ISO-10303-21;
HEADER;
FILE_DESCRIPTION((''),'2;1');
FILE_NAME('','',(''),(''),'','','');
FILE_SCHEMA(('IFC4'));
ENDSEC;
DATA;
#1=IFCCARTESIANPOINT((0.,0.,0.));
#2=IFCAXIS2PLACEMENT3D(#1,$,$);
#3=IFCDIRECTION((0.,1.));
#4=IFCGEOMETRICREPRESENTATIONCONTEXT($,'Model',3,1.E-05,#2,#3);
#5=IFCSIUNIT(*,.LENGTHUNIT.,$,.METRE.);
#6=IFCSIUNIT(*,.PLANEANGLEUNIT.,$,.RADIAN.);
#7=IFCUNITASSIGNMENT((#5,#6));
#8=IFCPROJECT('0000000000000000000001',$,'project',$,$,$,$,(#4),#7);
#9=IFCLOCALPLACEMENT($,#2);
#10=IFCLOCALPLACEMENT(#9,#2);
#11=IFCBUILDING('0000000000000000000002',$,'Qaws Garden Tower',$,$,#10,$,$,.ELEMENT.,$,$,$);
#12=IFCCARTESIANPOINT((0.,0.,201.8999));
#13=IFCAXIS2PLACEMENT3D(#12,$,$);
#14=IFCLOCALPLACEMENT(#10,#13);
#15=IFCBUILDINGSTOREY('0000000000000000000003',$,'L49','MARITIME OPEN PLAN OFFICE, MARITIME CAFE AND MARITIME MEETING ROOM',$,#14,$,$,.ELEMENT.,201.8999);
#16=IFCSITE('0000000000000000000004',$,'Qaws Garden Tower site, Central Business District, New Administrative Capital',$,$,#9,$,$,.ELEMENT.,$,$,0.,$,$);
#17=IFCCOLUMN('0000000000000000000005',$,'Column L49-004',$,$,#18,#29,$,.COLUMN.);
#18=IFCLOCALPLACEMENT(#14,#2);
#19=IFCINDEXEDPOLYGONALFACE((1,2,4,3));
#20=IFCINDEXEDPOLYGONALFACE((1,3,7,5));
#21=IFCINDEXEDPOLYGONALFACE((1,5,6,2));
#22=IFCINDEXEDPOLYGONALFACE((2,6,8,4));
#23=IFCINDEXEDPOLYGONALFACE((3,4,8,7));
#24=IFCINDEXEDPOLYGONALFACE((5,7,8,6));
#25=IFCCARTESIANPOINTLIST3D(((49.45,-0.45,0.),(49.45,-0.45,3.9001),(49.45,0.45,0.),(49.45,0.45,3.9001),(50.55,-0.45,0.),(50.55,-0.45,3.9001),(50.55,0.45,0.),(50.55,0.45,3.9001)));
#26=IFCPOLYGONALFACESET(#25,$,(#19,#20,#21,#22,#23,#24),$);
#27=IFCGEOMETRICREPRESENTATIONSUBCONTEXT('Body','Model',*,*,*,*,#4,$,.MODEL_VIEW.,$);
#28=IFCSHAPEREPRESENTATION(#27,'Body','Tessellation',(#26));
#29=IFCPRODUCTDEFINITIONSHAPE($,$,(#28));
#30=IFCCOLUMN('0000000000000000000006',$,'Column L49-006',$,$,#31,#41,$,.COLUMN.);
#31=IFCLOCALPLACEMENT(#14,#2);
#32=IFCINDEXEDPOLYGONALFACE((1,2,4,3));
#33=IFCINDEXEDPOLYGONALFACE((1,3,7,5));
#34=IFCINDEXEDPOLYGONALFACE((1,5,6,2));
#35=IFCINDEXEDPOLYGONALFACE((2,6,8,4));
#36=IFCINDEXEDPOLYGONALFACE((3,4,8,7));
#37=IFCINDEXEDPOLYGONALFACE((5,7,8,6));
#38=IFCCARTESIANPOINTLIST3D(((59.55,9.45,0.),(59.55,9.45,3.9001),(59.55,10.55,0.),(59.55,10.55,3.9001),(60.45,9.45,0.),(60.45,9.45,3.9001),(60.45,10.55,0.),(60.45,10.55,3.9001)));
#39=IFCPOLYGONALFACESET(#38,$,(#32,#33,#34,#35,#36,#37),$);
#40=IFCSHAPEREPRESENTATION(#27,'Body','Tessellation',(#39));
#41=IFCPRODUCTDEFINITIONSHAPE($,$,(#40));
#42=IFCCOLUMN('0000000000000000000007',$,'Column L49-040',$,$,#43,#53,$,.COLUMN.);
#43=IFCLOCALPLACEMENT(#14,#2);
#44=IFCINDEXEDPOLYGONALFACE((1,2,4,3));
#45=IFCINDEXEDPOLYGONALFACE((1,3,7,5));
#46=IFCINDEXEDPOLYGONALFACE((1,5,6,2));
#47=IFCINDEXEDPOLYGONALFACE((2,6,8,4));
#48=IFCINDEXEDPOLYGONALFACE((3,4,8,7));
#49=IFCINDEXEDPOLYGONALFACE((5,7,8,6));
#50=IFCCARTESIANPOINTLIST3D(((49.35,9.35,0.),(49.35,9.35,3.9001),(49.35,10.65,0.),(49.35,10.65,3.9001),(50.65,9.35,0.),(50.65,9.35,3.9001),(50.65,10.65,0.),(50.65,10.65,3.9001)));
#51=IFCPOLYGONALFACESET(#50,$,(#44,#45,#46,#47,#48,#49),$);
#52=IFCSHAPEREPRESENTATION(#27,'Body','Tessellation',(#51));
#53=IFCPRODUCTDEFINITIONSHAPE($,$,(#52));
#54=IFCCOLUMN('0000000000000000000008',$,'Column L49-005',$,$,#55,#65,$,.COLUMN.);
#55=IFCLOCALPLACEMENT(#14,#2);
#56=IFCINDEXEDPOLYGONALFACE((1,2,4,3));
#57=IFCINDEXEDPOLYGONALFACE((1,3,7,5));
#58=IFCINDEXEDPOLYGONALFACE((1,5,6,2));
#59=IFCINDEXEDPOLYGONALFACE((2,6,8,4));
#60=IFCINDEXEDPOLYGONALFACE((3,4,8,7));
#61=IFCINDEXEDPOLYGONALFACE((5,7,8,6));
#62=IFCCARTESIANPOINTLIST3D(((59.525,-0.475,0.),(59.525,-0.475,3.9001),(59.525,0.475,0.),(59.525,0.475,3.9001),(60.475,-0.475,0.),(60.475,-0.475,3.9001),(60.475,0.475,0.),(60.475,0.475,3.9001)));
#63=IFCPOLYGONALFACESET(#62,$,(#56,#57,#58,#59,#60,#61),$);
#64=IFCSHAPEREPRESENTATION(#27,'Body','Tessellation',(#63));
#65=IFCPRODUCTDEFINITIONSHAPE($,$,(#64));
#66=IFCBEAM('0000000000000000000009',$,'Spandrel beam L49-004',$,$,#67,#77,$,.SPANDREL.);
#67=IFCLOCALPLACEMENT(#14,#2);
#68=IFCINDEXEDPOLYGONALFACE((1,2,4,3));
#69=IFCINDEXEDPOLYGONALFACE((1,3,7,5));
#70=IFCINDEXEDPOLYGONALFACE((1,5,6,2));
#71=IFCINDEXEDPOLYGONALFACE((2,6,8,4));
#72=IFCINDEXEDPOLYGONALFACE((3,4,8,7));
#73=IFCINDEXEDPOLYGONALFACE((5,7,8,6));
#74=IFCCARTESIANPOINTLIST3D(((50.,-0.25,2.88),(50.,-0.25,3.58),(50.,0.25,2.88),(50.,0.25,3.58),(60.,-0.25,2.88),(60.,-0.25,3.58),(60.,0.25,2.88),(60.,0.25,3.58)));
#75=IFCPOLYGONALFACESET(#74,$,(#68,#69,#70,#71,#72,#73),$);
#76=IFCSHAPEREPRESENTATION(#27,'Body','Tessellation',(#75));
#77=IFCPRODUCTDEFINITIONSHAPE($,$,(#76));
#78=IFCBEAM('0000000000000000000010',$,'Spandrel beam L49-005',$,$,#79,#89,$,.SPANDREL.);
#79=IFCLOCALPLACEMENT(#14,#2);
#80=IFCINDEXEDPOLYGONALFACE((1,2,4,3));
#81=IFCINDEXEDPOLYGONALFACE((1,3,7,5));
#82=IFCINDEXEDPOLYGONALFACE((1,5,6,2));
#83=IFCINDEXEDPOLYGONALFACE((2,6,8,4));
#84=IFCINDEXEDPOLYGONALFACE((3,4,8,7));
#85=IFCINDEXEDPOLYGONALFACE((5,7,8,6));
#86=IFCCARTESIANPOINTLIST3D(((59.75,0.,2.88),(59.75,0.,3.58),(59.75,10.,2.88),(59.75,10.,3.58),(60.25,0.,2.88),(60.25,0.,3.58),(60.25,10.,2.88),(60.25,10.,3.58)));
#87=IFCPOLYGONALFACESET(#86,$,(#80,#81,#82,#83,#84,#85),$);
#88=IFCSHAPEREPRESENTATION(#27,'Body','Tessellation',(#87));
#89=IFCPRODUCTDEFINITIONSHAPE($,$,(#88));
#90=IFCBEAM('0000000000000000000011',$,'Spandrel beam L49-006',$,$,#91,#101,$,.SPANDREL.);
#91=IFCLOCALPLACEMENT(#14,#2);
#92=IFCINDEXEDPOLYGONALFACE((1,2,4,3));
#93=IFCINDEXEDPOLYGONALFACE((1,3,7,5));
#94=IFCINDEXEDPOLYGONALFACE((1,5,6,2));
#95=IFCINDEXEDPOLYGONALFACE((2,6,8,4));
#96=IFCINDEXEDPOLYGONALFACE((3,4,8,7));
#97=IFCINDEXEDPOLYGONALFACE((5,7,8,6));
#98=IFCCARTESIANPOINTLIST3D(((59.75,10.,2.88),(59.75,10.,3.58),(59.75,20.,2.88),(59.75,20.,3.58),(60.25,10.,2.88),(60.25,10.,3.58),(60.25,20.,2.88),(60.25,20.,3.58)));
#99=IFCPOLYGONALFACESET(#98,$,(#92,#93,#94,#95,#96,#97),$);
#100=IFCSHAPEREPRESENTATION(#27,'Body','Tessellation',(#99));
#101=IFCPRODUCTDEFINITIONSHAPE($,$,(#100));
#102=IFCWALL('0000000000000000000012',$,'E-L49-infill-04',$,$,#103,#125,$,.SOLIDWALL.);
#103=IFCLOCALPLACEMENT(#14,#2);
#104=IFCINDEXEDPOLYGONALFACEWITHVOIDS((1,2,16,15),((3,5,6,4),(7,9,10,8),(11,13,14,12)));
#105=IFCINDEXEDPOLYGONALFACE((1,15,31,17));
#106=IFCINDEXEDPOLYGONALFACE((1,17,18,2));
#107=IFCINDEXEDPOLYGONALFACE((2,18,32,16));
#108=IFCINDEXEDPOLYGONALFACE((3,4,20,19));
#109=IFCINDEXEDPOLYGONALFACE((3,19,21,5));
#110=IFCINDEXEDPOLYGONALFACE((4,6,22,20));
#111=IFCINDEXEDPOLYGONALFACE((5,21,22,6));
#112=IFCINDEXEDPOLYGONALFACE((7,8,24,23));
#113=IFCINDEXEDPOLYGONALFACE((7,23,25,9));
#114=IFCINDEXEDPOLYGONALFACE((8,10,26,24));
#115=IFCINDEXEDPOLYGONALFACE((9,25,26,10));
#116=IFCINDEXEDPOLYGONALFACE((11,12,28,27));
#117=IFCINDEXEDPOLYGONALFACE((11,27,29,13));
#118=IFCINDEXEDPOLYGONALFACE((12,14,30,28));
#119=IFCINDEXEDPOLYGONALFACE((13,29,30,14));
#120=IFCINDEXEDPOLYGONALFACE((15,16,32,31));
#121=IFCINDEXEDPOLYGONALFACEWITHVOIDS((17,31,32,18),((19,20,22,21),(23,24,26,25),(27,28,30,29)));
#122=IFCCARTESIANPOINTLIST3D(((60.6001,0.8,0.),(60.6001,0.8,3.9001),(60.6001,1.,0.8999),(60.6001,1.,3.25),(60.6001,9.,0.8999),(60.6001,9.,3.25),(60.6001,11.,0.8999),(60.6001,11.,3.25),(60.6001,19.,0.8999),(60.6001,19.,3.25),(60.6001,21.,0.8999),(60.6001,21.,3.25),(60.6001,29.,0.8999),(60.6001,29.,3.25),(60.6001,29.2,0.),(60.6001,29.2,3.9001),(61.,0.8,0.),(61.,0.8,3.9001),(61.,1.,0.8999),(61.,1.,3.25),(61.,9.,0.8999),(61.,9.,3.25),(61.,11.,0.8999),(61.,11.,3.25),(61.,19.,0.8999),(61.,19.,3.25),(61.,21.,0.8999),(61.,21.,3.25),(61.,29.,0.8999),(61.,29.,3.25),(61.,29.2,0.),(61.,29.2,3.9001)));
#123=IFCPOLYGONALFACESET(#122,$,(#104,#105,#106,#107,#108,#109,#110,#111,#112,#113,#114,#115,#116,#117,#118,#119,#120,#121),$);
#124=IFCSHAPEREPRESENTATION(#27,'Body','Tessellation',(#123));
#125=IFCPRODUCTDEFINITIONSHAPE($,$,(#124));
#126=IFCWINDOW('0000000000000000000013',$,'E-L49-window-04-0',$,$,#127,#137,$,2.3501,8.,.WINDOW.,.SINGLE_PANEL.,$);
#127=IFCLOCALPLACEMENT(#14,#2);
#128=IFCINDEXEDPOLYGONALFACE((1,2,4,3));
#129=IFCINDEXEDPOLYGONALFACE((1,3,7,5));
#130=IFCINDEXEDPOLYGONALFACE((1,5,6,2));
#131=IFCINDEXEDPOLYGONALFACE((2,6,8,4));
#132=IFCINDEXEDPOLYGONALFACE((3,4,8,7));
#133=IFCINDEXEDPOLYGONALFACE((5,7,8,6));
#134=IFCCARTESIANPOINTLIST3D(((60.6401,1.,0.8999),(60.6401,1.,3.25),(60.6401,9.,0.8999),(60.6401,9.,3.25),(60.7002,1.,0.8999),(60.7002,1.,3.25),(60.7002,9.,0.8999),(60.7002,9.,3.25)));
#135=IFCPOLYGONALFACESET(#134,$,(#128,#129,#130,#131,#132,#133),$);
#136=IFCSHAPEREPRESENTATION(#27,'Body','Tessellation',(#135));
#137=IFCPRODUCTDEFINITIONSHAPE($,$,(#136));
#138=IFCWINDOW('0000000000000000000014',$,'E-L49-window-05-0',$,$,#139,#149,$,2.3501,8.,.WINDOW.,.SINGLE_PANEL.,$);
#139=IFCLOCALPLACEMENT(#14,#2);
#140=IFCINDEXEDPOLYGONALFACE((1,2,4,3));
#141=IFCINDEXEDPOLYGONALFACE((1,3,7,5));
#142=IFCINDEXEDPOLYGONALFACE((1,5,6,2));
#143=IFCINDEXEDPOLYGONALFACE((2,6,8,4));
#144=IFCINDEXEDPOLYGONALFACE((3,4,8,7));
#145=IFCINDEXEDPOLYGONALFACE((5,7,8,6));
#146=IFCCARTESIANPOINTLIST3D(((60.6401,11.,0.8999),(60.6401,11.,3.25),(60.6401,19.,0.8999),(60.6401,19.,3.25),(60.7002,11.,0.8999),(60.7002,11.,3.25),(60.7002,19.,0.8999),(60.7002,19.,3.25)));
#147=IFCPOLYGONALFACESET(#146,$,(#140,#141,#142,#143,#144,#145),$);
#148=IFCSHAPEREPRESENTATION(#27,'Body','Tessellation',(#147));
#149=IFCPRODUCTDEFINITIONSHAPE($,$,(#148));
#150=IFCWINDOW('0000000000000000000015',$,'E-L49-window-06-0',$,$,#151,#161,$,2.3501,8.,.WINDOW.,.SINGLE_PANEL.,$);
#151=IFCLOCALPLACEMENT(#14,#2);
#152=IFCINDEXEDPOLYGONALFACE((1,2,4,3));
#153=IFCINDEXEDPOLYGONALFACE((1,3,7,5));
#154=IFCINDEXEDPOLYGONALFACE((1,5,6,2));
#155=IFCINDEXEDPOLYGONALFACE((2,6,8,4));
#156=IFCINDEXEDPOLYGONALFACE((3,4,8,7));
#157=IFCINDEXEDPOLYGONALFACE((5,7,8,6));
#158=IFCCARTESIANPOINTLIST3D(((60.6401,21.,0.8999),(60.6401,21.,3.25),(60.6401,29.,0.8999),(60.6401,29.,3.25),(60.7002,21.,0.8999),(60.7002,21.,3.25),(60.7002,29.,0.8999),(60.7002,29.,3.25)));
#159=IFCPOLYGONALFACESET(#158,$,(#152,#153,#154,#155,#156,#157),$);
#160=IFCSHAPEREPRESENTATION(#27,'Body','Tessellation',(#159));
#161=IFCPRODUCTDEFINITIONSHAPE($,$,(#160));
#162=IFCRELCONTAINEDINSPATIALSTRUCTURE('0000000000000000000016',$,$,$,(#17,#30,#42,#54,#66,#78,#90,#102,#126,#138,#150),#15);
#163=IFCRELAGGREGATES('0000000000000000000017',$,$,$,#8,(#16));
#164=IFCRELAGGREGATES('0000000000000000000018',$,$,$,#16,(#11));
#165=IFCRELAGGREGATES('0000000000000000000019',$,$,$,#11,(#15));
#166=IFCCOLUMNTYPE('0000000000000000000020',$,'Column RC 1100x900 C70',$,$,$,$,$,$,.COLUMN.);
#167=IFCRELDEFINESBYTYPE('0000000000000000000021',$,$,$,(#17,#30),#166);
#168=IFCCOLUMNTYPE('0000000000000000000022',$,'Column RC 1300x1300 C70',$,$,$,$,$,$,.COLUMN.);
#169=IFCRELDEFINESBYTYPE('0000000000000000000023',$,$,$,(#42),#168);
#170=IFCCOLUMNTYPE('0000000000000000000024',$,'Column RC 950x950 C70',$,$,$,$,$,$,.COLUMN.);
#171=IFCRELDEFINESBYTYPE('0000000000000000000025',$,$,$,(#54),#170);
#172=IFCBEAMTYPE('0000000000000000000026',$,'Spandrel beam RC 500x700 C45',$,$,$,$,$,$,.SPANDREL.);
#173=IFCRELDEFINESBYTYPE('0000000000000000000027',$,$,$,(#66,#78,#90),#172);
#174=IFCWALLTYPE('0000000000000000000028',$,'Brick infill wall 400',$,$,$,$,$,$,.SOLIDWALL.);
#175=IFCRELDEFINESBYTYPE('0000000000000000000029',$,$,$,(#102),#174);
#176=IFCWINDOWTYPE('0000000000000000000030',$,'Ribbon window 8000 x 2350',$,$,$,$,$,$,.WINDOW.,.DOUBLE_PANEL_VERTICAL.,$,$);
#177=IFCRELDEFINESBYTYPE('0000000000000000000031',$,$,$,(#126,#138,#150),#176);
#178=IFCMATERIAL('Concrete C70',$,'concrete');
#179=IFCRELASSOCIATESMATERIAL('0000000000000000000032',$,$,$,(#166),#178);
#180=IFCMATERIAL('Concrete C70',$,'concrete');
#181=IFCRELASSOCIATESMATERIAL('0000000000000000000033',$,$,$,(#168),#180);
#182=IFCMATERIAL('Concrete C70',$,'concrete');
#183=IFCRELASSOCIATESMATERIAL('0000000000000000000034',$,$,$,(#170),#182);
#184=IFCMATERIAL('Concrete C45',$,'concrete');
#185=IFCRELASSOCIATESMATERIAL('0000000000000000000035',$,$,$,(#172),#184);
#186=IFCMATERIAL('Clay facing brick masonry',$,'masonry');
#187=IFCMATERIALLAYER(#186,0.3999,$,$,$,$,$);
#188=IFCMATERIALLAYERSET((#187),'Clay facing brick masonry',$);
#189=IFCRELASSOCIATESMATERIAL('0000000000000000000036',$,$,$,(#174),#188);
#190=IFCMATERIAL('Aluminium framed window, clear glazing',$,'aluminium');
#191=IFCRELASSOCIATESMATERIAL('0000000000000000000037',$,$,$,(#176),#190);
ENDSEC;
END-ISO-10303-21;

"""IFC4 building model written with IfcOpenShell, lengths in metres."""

from ifc_helpers import new_model, si_unit, direction, frame, frame_2d, origin, origin_2d, place, context, subcontext, project, spatial, rectangle, extrude, material, layer, layer_set, material_profile, profile_set, type_object, element, fill, save


model = new_model("IFC4")

# Units and contexts
model_context = context("Model", 3, precision=1e-05, world=origin(), true_north=direction((0.0, 1.0)))
body_context = subcontext(model_context, "Body", "Model", "MODEL_VIEW")
ifc_project = project(units=[si_unit("LENGTHUNIT", "METRE"), si_unit("PLANEANGLEUNIT", "RADIAN")], contexts=[model_context])

# Site, building, storey
site_placement = place(None, origin())
site = spatial("IfcSite", under=ifc_project, at=site_placement, Name="Qaws Garden Tower site, Central Business District, New Administrative Capital", CompositionType="ELEMENT", RefElevation=0.0)
building_placement = place(site_placement, origin())
building = spatial("IfcBuilding", under=site, at=building_placement, Name="Qaws Garden Tower", CompositionType="ELEMENT")
storey_placement = place(building_placement, frame((0.0, 0.0, 201.8999)))
storey = spatial("IfcBuildingStorey", under=building, at=storey_placement, Name="L49", Description="MARITIME OPEN PLAN OFFICE, MARITIME CAFE AND MARITIME MEETING ROOM", CompositionType="ELEMENT", Elevation=201.8999)

# Columns
ifc_material_1 = material(Name="Concrete C70", Category="concrete")
ifc_material_profile_1 = material_profile(ifc_material_1, rectangle(XDim=1.1001, YDim=0.8999, at=origin_2d()), Name="RC 1100x900")
ifc_profile_set_1 = profile_set([ifc_material_profile_1], Name="Concrete C70")
column_type_1 = type_object("IfcColumnType", Name="Column RC 1100x900 C70", PredefinedType="COLUMN", material=ifc_profile_set_1)
for number, where, z_axis, x_axis, name in (
    (1, (50.0, 0.0, 0.0), (0.0, 0.0, 1.0), (1.0, 0.0, 0.0), "Column L49-004"),
    (2, (60.0, 10.0, 0.0), (0.0, 0.0, 1.0), (0.0, 1.0, 0.0), "Column L49-006"),
):
    element("IfcColumn", number, at=place(storey_placement, frame(where, z_axis=z_axis, x_axis=x_axis)), inside=storey, type_object=column_type_1, Name=name, PredefinedType="COLUMN", context=body_context, shape_type="SweptSolid", body=[
        extrude(rectangle(XDim=1.1001, YDim=0.8999, at=origin_2d()), origin(), (0.0, 0.0, 1.0), 3.9001),
    ])
ifc_material_2 = material(Name="Concrete C70", Category="concrete")
ifc_material_profile_2 = material_profile(ifc_material_2, rectangle(XDim=1.3, YDim=1.3, at=origin_2d()), Name="RC 1300x1300")
ifc_profile_set_2 = profile_set([ifc_material_profile_2], Name="Concrete C70")
column_type_2 = type_object("IfcColumnType", Name="Column RC 1300x1300 C70", PredefinedType="COLUMN", material=ifc_profile_set_2)
column_1_placement = place(storey_placement, frame((50.0, 10.0, 0.0), z_axis=(0.0, 0.0, 1.0), x_axis=(1.0, 0.0, 0.0)))
element("IfcColumn", 3, at=column_1_placement, inside=storey, type_object=column_type_2, Name="Column L49-040", PredefinedType="COLUMN", context=body_context, shape_type="SweptSolid", body=[
    extrude(rectangle(XDim=1.3, YDim=1.3, at=origin_2d()), origin(), (0.0, 0.0, 1.0), 3.9001),
])
ifc_material_3 = material(Name="Concrete C70", Category="concrete")
ifc_material_profile_3 = material_profile(ifc_material_3, rectangle(XDim=0.95, YDim=0.95, at=origin_2d()), Name="RC 950x950")
ifc_profile_set_3 = profile_set([ifc_material_profile_3], Name="Concrete C70")
column_type_3 = type_object("IfcColumnType", Name="Column RC 950x950 C70", PredefinedType="COLUMN", material=ifc_profile_set_3)
column_2_placement = place(storey_placement, frame((60.0, 0.0, 0.0), z_axis=(0.0, 0.0, 1.0), x_axis=(1.0, 0.0, 0.0)))
element("IfcColumn", 4, at=column_2_placement, inside=storey, type_object=column_type_3, Name="Column L49-005", PredefinedType="COLUMN", context=body_context, shape_type="SweptSolid", body=[
    extrude(rectangle(XDim=0.95, YDim=0.95, at=origin_2d()), origin(), (0.0, 0.0, 1.0), 3.9001),
])

# Beams
ifc_material_4 = material(Name="Concrete C45", Category="concrete")
ifc_material_profile_4 = material_profile(ifc_material_4, rectangle(XDim=0.5, YDim=0.7, at=origin_2d()), Name="RC 500x700")
ifc_profile_set_4 = profile_set([ifc_material_profile_4], Name="Concrete C45")
beam_type = type_object("IfcBeamType", Name="Spandrel beam RC 500x700 C45", PredefinedType="SPANDREL", material=ifc_profile_set_4)
for number, where, z_axis, x_axis, name in (
    (5, (50.0, 0.0, 3.23), (1.0, 0.0, 0.0), (0.0, 1.0, 0.0), "Spandrel beam L49-004"),
    (6, (60.0, 0.0, 3.23), (0.0, 1.0, 0.0), (-1.0, 0.0, 0.0), "Spandrel beam L49-005"),
    (7, (60.0, 10.0, 3.23), (0.0, 1.0, 0.0), (-1.0, 0.0, 0.0), "Spandrel beam L49-006"),
):
    element("IfcBeam", number, at=place(storey_placement, frame(where, z_axis=z_axis, x_axis=x_axis)), inside=storey, type_object=beam_type, Name=name, PredefinedType="SPANDREL", context=body_context, shape_type="SweptSolid", body=[
        extrude(rectangle(XDim=0.5, YDim=0.7, at=origin_2d()), origin(), (0.0, 0.0, 1.0), 10.0),
    ])

# Wall, openings, windows
ifc_material_5 = material(Name="Clay facing brick masonry", Category="masonry")
ifc_layer_1 = layer(ifc_material_5, 0.3999)
ifc_layer_set_1 = layer_set([ifc_layer_1], Name="Clay facing brick masonry")
wall_type_1 = type_object("IfcWallType", Name="Brick infill wall 400", PredefinedType="SOLIDWALL", material=ifc_layer_set_1)
wall_1_placement = place(storey_placement, frame((60.8, 0.8, 0.0), z_axis=(0.0, 0.0, 1.0), x_axis=(0.0, 1.0, 0.0)))
wall_1 = element("IfcWall", 8, at=wall_1_placement, inside=storey, type_object=wall_type_1, Name="E-L49-infill-04", PredefinedType="SOLIDWALL", context=body_context, shape_type="SweptSolid", body=[
    extrude(rectangle(XDim=28.3999, YDim=0.3999, at=frame_2d((14.2, 0.0))), origin(), (0.0, 0.0, 1.0), 3.9001),
])
opening_1_placement = place(wall_1_placement, frame((0.2, 0.0, 0.8999)))
opening_1 = element("IfcOpeningElement", 9, at=opening_1_placement, cuts=wall_1, PredefinedType="OPENING", context=body_context, shape_type="SweptSolid", body=[
    extrude(rectangle(XDim=8.0, YDim=2.3501, at=frame_2d((4.0, 1.175))), frame((0.0, 0.21, 0.0), z_axis=(0.0, -1.0, 0.0), x_axis=(1.0, 0.0, 0.0)), (0.0, 0.0, 1.0), 0.4199),
])
opening_2_placement = place(wall_1_placement, frame((10.2, 0.0, 0.8999)))
opening_2 = element("IfcOpeningElement", 10, at=opening_2_placement, cuts=wall_1, PredefinedType="OPENING", context=body_context, shape_type="SweptSolid", body=[
    extrude(rectangle(XDim=8.0, YDim=2.3501, at=frame_2d((4.0, 1.175))), frame((0.0, 0.21, 0.0), z_axis=(0.0, -1.0, 0.0), x_axis=(1.0, 0.0, 0.0)), (0.0, 0.0, 1.0), 0.4199),
])
opening_3_placement = place(wall_1_placement, frame((20.2, 0.0, 0.8999)))
opening_3 = element("IfcOpeningElement", 11, at=opening_3_placement, cuts=wall_1, PredefinedType="OPENING", context=body_context, shape_type="SweptSolid", body=[
    extrude(rectangle(XDim=8.0, YDim=2.3501, at=frame_2d((4.0, 1.175))), frame((0.0, 0.21, 0.0), z_axis=(0.0, -1.0, 0.0), x_axis=(1.0, 0.0, 0.0)), (0.0, 0.0, 1.0), 0.4199),
])
ifc_material_6 = material(Name="Aluminium framed window, clear glazing", Category="aluminium")
window_type = type_object("IfcWindowType", Name="Ribbon window 8000 x 2350", PartitioningType="DOUBLE_PANEL_VERTICAL", PredefinedType="WINDOW", material=ifc_material_6)
window_1_placement = place(opening_1_placement, origin())
window_1 = element("IfcWindow", 12, at=window_1_placement, inside=storey, type_object=window_type, Name="E-L49-window-04-0", OverallHeight=2.3501, OverallWidth=8.0, PartitioningType="SINGLE_PANEL", PredefinedType="WINDOW", context=body_context, shape_type="SweptSolid", body=[
    extrude(rectangle(XDim=8.0, YDim=2.3501, at=frame_2d((4.0, 1.175))), frame((0.0, 0.1599, 0.0), z_axis=(0.0, -1.0, 0.0), x_axis=(1.0, 0.0, 0.0)), (0.0, 0.0, 1.0), 0.0601),
])
fill(opening_1, window_1)
window_2_placement = place(opening_2_placement, origin())
window_2 = element("IfcWindow", 13, at=window_2_placement, inside=storey, type_object=window_type, Name="E-L49-window-05-0", OverallHeight=2.3501, OverallWidth=8.0, PartitioningType="SINGLE_PANEL", PredefinedType="WINDOW", context=body_context, shape_type="SweptSolid", body=[
    extrude(rectangle(XDim=8.0, YDim=2.3501, at=frame_2d((4.0, 1.175))), frame((0.0, 0.1599, 0.0), z_axis=(0.0, -1.0, 0.0), x_axis=(1.0, 0.0, 0.0)), (0.0, 0.0, 1.0), 0.0601),
])
fill(opening_2, window_2)
window_3_placement = place(opening_3_placement, origin())
window_3 = element("IfcWindow", 14, at=window_3_placement, inside=storey, type_object=window_type, Name="E-L49-window-06-0", OverallHeight=2.3501, OverallWidth=8.0, PartitioningType="SINGLE_PANEL", PredefinedType="WINDOW", context=body_context, shape_type="SweptSolid", body=[
    extrude(rectangle(XDim=8.0, YDim=2.3501, at=frame_2d((4.0, 1.175))), frame((0.0, 0.1599, 0.0), z_axis=(0.0, -1.0, 0.0), x_axis=(1.0, 0.0, 0.0)), (0.0, 0.0, 1.0), 0.0601),
])
fill(opening_3, window_3)

save(model, "model.ifc")
